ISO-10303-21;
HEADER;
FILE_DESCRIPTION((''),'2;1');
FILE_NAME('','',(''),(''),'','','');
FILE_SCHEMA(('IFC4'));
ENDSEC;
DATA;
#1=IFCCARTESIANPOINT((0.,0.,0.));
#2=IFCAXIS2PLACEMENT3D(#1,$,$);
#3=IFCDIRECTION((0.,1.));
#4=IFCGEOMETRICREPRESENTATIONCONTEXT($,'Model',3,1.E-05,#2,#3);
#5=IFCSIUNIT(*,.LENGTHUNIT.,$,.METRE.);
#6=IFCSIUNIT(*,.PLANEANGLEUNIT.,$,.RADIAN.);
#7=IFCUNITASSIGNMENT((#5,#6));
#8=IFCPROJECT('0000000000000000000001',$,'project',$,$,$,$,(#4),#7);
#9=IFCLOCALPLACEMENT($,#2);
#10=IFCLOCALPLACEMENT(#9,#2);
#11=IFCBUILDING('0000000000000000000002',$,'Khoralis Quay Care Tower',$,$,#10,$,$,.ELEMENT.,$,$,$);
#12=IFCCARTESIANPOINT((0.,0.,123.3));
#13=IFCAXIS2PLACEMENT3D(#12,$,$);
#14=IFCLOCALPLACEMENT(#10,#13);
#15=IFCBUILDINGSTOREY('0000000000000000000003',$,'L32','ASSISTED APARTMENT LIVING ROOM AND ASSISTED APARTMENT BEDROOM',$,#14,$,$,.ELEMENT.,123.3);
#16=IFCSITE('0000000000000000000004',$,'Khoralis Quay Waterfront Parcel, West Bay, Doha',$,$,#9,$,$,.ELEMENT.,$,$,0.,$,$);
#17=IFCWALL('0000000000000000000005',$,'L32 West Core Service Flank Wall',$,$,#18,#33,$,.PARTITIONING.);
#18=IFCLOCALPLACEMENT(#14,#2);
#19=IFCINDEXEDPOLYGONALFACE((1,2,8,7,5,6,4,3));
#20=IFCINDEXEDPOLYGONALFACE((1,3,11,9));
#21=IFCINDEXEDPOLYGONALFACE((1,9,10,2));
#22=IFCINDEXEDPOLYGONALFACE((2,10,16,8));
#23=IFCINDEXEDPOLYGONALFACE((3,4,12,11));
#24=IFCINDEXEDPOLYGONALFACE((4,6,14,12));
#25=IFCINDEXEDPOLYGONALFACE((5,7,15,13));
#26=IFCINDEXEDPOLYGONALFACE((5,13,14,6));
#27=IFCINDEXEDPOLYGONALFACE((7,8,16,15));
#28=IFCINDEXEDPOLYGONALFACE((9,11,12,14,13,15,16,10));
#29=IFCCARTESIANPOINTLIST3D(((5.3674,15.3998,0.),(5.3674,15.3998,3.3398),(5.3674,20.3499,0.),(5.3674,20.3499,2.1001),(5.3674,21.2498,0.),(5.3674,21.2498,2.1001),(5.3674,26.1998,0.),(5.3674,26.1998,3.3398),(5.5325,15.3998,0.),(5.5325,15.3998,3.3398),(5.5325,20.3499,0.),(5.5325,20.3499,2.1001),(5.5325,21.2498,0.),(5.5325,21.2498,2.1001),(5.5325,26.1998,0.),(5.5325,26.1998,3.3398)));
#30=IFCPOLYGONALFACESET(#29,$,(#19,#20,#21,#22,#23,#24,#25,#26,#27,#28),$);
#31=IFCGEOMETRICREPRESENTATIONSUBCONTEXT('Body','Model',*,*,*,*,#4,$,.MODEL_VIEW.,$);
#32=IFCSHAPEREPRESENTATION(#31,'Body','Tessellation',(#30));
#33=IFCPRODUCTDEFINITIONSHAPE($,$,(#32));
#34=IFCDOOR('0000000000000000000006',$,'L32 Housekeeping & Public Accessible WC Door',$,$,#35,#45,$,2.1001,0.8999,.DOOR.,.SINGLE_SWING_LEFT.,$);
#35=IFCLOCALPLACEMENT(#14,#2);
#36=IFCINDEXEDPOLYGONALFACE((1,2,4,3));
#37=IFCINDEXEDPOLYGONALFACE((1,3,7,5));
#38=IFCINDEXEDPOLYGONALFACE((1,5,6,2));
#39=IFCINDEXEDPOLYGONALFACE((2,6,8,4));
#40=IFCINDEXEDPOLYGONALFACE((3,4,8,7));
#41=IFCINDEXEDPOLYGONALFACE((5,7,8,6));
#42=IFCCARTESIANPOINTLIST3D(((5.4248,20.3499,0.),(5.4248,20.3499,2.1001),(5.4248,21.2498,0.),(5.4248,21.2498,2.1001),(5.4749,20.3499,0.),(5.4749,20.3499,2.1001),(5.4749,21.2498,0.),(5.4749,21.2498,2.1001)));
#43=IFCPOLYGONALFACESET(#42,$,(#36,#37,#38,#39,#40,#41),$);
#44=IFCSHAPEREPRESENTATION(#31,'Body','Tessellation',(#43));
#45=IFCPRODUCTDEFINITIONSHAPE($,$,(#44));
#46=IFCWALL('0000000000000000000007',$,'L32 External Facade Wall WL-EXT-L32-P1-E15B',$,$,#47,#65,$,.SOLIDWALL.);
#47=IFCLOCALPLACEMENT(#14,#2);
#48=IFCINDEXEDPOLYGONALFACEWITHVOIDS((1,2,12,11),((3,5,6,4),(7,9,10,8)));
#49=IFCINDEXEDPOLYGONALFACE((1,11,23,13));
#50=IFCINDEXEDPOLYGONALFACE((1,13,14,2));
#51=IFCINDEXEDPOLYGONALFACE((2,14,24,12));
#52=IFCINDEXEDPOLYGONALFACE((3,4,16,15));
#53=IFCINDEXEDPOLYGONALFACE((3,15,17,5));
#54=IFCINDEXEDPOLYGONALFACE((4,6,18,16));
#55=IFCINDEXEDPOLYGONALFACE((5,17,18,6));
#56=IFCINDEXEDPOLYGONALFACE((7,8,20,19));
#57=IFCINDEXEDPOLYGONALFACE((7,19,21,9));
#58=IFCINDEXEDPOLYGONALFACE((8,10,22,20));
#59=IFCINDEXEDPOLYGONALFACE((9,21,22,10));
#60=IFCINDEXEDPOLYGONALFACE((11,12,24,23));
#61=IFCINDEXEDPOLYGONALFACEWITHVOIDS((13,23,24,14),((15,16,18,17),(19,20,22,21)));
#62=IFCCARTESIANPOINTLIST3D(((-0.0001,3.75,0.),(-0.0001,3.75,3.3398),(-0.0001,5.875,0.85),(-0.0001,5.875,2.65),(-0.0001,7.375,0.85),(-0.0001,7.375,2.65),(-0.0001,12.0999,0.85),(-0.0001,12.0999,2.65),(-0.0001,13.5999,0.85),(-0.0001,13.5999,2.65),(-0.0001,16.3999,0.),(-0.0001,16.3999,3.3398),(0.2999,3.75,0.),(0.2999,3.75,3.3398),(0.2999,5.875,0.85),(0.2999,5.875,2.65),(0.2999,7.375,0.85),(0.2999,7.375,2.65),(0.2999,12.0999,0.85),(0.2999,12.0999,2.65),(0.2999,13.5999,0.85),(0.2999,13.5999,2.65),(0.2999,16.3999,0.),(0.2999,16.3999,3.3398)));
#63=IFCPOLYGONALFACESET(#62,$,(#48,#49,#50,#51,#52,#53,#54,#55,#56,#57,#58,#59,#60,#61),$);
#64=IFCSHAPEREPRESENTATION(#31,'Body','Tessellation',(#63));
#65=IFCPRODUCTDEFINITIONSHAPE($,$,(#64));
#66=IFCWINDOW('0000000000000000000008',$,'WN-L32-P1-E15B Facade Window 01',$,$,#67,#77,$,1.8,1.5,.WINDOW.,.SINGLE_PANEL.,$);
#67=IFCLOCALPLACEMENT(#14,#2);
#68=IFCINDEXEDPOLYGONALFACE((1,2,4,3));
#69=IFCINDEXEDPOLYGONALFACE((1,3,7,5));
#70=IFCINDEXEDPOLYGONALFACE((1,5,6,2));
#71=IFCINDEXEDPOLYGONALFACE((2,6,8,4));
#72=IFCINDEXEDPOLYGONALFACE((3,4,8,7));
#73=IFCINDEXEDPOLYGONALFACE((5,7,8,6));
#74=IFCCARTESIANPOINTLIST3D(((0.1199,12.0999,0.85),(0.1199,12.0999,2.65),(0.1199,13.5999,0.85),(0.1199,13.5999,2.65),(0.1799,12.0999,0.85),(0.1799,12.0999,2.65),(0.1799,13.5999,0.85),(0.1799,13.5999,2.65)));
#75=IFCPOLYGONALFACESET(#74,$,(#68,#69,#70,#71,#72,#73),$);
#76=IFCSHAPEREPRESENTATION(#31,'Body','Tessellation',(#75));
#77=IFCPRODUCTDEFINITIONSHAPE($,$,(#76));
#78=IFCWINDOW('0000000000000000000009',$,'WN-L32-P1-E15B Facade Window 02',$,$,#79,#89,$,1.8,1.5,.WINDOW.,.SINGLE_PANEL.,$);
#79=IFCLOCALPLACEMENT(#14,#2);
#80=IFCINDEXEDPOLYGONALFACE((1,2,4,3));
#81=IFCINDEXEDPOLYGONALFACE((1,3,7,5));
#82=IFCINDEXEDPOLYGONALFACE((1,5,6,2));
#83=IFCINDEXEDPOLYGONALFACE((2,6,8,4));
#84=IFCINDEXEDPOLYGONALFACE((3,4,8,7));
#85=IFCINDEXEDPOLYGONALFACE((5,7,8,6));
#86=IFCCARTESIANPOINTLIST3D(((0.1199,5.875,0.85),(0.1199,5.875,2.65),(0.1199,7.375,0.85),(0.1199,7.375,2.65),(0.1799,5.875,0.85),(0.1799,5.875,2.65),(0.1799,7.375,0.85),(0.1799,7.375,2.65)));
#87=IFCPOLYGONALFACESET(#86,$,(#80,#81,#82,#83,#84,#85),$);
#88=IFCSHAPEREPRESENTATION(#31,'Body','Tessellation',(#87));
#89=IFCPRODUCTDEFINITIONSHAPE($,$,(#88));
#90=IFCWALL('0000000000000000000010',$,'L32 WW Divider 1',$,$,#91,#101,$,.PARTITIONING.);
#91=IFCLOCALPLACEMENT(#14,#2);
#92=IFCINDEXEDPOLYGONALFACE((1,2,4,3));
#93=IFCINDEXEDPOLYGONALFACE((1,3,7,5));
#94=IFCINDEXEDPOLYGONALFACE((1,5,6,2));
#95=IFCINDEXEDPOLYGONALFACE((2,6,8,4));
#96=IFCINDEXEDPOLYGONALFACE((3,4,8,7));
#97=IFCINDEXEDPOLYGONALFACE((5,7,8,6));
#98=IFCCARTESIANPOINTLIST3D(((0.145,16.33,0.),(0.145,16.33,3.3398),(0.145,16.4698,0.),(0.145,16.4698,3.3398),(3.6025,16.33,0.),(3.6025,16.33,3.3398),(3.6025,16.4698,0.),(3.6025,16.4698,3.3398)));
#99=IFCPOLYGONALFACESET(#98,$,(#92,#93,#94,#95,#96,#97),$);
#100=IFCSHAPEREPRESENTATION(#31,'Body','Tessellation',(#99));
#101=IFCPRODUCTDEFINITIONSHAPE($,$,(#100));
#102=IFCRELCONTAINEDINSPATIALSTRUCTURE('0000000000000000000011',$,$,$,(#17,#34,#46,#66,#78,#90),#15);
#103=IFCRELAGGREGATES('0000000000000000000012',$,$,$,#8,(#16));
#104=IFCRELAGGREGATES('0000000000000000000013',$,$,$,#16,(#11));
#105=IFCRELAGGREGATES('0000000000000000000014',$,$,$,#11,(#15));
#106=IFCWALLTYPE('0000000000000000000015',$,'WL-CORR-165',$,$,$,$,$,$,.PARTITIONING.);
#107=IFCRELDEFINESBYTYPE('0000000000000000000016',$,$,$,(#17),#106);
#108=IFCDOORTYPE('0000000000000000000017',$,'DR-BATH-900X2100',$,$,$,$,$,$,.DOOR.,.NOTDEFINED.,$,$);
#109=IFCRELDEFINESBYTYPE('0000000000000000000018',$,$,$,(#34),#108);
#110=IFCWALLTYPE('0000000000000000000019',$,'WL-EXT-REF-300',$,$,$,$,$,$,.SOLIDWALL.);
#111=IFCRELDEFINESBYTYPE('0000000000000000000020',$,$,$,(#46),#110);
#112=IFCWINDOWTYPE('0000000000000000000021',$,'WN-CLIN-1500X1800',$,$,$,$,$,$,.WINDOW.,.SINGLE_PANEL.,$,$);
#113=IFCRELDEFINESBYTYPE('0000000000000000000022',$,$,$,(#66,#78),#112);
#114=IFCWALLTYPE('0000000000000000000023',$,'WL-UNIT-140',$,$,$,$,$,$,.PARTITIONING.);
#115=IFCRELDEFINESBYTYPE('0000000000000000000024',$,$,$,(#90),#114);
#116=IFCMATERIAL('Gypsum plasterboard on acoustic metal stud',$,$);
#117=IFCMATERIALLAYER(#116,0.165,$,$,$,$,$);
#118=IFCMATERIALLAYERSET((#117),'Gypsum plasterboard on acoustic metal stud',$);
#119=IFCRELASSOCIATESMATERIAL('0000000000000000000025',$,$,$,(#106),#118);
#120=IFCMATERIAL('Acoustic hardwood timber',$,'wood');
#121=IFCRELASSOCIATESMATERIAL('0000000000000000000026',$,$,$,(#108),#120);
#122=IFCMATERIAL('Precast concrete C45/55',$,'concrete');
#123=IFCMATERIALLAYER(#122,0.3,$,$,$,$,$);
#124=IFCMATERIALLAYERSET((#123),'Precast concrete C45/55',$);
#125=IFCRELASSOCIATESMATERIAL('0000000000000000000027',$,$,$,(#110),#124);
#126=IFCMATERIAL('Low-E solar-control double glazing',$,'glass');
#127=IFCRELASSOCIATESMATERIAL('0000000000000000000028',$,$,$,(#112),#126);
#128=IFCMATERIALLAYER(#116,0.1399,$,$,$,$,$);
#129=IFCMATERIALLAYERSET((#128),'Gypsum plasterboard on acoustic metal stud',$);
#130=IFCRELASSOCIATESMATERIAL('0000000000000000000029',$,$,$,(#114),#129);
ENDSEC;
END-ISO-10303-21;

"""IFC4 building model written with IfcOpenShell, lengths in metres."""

from ifc_helpers import new_model, si_unit, direction, frame, frame_2d, origin, place, context, subcontext, project, spatial, rectangle, extrude, source, transform, mapped, material, layer, layer_set, type_object, element, fill, save


model = new_model("IFC4")

# Units and contexts
model_context = context("Model", 3, precision=1e-05, world=origin(), true_north=direction((0.0, 1.0)))
body_context = subcontext(model_context, "Body", "Model", "MODEL_VIEW")
ifc_project = project(units=[si_unit("LENGTHUNIT", "METRE"), si_unit("PLANEANGLEUNIT", "RADIAN")], contexts=[model_context])

# Site, building, storey
site_placement = place(None, origin())
site = spatial("IfcSite", under=ifc_project, at=site_placement, Name="Khoralis Quay Waterfront Parcel, West Bay, Doha", CompositionType="ELEMENT", RefElevation=0.0)
building_placement = place(site_placement, origin())
building = spatial("IfcBuilding", under=site, at=building_placement, Name="Khoralis Quay Care Tower", CompositionType="ELEMENT")
storey_placement = place(building_placement, frame((0.0, 0.0, 123.3)))
storey = spatial("IfcBuildingStorey", under=building, at=storey_placement, Name="L32", Description="ASSISTED APARTMENT LIVING ROOM AND ASSISTED APARTMENT BEDROOM", CompositionType="ELEMENT", Elevation=123.3)

# Shared definitions
ifc_material_1 = material(Name="Low-E solar-control double glazing", Category="glass")

# Wall, opening, door
ifc_material_2 = material(Name="Gypsum plasterboard on acoustic metal stud")
ifc_layer_1 = layer(ifc_material_2, 0.165)
ifc_layer_set_1 = layer_set([ifc_layer_1], Name="Gypsum plasterboard on acoustic metal stud")
wall_type_1 = type_object("IfcWallType", Name="WL-CORR-165", PredefinedType="PARTITIONING", material=ifc_layer_set_1)
wall_1_placement = place(storey_placement, frame((5.45, 15.3999, 0.0), z_axis=(0.0, 0.0, 1.0), x_axis=(0.0, 1.0, 0.0)))
wall_1 = element("IfcWall", 1, at=wall_1_placement, inside=storey, type_object=wall_type_1, Name="L32 West Core Service Flank Wall", PredefinedType="PARTITIONING", context=body_context, shape_type="SweptSolid", body=[
    extrude(rectangle(XDim=10.8, YDim=0.165, at=frame_2d((5.3999, 0.0))), origin(), (0.0, 0.0, 1.0), 3.3398),
])
opening_1_placement = place(wall_1_placement, frame((4.95, 0.0, 0.0)))
opening_1 = element("IfcOpeningElement", 2, at=opening_1_placement, cuts=wall_1, PredefinedType="OPENING", context=body_context, shape_type="SweptSolid", body=[
    extrude(rectangle(XDim=0.8999, YDim=2.1001, at=frame_2d((0.45, 1.05))), frame((0.0, 0.0925, 0.0), z_axis=(0.0, -1.0, 0.0), x_axis=(1.0, 0.0, 0.0)), (0.0, 0.0, 1.0), 0.1851),
])
ifc_material_3 = material(Name="Acoustic hardwood timber", Category="wood")
door_type = type_object("IfcDoorType", Name="DR-BATH-900X2100", OperationType="NOTDEFINED", PredefinedType="DOOR", material=ifc_material_3)
shared_shape_1 = source(origin(), body_context, "Body", "SweptSolid", [
    extrude(rectangle(XDim=0.8999, YDim=2.1001, at=frame_2d((0.45, 1.05))), frame((0.0, 0.0249, 0.0), z_axis=(0.0, -1.0, 0.0), x_axis=(1.0, 0.0, 0.0)), (0.0, 0.0, 1.0), 0.05),
])
door_placement = place(opening_1_placement, frame((0.8999, 0.0, 0.0), z_axis=(0.0, 0.0, 1.0), x_axis=(-1.0, 0.0, 0.0)))
door = element("IfcDoor", 3, at=door_placement, inside=storey, type_object=door_type, Name="L32 Housekeeping & Public Accessible WC Door", OperationType="SINGLE_SWING_LEFT", OverallHeight=2.1001, OverallWidth=0.8999, PredefinedType="DOOR", context=body_context, shape_type="MappedRepresentation", body=[
    mapped(shared_shape_1, transform((0.0, 0.0, 0.0), scale=1.0)),
])
fill(opening_1, door)

# Wall, openings, windows
ifc_material_4 = material(Name="Precast concrete C45/55", Category="concrete")
ifc_layer_2 = layer(ifc_material_4, 0.3)
ifc_layer_set_2 = layer_set([ifc_layer_2], Name="Precast concrete C45/55")
wall_type_2 = type_object("IfcWallType", Name="WL-EXT-REF-300", PredefinedType="SOLIDWALL", material=ifc_layer_set_2)
wall_2_placement = place(storey_placement, frame((0.1499, 16.3999, 0.0), z_axis=(0.0, 0.0, 1.0), x_axis=(0.0, -1.0, 0.0)))
wall_2 = element("IfcWall", 4, at=wall_2_placement, inside=storey, type_object=wall_type_2, Name="L32 External Facade Wall WL-EXT-L32-P1-E15B", PredefinedType="SOLIDWALL", context=body_context, shape_type="SweptSolid", body=[
    extrude(rectangle(XDim=12.6499, YDim=0.3, at=frame_2d((6.325, 0.0))), origin(), (0.0, 0.0, 1.0), 3.3398),
])
opening_2_placement = place(wall_2_placement, frame((2.8, 0.0, 0.8501)))
opening_2 = element("IfcOpeningElement", 5, at=opening_2_placement, cuts=wall_2, PredefinedType="OPENING", context=body_context, shape_type="SweptSolid", body=[
    extrude(rectangle(XDim=1.5, YDim=1.8, at=frame_2d((0.75, 0.8999))), frame((0.0, 0.1602, 0.0), z_axis=(0.0, -1.0, 0.0), x_axis=(1.0, 0.0, 0.0)), (0.0, 0.0, 1.0), 0.3201),
])
opening_3_placement = place(wall_2_placement, frame((9.0249, 0.0, 0.8501)))
opening_3 = element("IfcOpeningElement", 6, at=opening_3_placement, cuts=wall_2, PredefinedType="OPENING", context=body_context, shape_type="SweptSolid", body=[
    extrude(rectangle(XDim=1.5, YDim=1.8, at=frame_2d((0.75, 0.8999))), frame((0.0, 0.1602, 0.0), z_axis=(0.0, -1.0, 0.0), x_axis=(1.0, 0.0, 0.0)), (0.0, 0.0, 1.0), 0.3201),
])
window_type = type_object("IfcWindowType", Name="WN-CLIN-1500X1800", PartitioningType="SINGLE_PANEL", PredefinedType="WINDOW", material=ifc_material_1)
shared_shape_2 = source(origin(), body_context, "Body", "SweptSolid", [
    extrude(rectangle(XDim=1.5, YDim=1.8, at=frame_2d((0.75, 0.8999))), frame((0.0, 0.03, 0.0), z_axis=(0.0, -1.0, 0.0), x_axis=(1.0, 0.0, 0.0)), (0.0, 0.0, 1.0), 0.0601),
])
window_1_placement = place(opening_2_placement, origin())
window_1 = element("IfcWindow", 7, at=window_1_placement, inside=storey, type_object=window_type, Name="WN-L32-P1-E15B Facade Window 01", OverallHeight=1.8, OverallWidth=1.5, PartitioningType="SINGLE_PANEL", PredefinedType="WINDOW", context=body_context, shape_type="MappedRepresentation", body=[
    mapped(shared_shape_2, transform((0.0, 0.0, 0.0), scale=1.0)),
])
fill(opening_2, window_1)
window_2_placement = place(opening_3_placement, origin())
window_2 = element("IfcWindow", 8, at=window_2_placement, inside=storey, type_object=window_type, Name="WN-L32-P1-E15B Facade Window 02", OverallHeight=1.8, OverallWidth=1.5, PartitioningType="SINGLE_PANEL", PredefinedType="WINDOW", context=body_context, shape_type="MappedRepresentation", body=[
    mapped(shared_shape_2, transform((0.0, 0.0, 0.0), scale=1.0)),
])
fill(opening_3, window_2)

# Wall
ifc_layer_3 = layer(ifc_material_2, 0.1399)
ifc_layer_set_3 = layer_set([ifc_layer_3], Name="Gypsum plasterboard on acoustic metal stud")
wall_type_3 = type_object("IfcWallType", Name="WL-UNIT-140", PredefinedType="PARTITIONING", material=ifc_layer_set_3)
wall_3_placement = place(storey_placement, frame((0.145, 16.3999, 0.0), z_axis=(0.0, 0.0, 1.0), x_axis=(1.0, 0.0, 0.0)))
element("IfcWall", 9, at=wall_3_placement, inside=storey, type_object=wall_type_3, Name="L32 WW Divider 1", PredefinedType="PARTITIONING", context=body_context, shape_type="SweptSolid", body=[
    extrude(rectangle(XDim=3.4575, YDim=0.1399, at=frame_2d((1.7288, 0.0))), origin(), (0.0, 0.0, 1.0), 3.3398),
])

save(model, "model.ifc")
